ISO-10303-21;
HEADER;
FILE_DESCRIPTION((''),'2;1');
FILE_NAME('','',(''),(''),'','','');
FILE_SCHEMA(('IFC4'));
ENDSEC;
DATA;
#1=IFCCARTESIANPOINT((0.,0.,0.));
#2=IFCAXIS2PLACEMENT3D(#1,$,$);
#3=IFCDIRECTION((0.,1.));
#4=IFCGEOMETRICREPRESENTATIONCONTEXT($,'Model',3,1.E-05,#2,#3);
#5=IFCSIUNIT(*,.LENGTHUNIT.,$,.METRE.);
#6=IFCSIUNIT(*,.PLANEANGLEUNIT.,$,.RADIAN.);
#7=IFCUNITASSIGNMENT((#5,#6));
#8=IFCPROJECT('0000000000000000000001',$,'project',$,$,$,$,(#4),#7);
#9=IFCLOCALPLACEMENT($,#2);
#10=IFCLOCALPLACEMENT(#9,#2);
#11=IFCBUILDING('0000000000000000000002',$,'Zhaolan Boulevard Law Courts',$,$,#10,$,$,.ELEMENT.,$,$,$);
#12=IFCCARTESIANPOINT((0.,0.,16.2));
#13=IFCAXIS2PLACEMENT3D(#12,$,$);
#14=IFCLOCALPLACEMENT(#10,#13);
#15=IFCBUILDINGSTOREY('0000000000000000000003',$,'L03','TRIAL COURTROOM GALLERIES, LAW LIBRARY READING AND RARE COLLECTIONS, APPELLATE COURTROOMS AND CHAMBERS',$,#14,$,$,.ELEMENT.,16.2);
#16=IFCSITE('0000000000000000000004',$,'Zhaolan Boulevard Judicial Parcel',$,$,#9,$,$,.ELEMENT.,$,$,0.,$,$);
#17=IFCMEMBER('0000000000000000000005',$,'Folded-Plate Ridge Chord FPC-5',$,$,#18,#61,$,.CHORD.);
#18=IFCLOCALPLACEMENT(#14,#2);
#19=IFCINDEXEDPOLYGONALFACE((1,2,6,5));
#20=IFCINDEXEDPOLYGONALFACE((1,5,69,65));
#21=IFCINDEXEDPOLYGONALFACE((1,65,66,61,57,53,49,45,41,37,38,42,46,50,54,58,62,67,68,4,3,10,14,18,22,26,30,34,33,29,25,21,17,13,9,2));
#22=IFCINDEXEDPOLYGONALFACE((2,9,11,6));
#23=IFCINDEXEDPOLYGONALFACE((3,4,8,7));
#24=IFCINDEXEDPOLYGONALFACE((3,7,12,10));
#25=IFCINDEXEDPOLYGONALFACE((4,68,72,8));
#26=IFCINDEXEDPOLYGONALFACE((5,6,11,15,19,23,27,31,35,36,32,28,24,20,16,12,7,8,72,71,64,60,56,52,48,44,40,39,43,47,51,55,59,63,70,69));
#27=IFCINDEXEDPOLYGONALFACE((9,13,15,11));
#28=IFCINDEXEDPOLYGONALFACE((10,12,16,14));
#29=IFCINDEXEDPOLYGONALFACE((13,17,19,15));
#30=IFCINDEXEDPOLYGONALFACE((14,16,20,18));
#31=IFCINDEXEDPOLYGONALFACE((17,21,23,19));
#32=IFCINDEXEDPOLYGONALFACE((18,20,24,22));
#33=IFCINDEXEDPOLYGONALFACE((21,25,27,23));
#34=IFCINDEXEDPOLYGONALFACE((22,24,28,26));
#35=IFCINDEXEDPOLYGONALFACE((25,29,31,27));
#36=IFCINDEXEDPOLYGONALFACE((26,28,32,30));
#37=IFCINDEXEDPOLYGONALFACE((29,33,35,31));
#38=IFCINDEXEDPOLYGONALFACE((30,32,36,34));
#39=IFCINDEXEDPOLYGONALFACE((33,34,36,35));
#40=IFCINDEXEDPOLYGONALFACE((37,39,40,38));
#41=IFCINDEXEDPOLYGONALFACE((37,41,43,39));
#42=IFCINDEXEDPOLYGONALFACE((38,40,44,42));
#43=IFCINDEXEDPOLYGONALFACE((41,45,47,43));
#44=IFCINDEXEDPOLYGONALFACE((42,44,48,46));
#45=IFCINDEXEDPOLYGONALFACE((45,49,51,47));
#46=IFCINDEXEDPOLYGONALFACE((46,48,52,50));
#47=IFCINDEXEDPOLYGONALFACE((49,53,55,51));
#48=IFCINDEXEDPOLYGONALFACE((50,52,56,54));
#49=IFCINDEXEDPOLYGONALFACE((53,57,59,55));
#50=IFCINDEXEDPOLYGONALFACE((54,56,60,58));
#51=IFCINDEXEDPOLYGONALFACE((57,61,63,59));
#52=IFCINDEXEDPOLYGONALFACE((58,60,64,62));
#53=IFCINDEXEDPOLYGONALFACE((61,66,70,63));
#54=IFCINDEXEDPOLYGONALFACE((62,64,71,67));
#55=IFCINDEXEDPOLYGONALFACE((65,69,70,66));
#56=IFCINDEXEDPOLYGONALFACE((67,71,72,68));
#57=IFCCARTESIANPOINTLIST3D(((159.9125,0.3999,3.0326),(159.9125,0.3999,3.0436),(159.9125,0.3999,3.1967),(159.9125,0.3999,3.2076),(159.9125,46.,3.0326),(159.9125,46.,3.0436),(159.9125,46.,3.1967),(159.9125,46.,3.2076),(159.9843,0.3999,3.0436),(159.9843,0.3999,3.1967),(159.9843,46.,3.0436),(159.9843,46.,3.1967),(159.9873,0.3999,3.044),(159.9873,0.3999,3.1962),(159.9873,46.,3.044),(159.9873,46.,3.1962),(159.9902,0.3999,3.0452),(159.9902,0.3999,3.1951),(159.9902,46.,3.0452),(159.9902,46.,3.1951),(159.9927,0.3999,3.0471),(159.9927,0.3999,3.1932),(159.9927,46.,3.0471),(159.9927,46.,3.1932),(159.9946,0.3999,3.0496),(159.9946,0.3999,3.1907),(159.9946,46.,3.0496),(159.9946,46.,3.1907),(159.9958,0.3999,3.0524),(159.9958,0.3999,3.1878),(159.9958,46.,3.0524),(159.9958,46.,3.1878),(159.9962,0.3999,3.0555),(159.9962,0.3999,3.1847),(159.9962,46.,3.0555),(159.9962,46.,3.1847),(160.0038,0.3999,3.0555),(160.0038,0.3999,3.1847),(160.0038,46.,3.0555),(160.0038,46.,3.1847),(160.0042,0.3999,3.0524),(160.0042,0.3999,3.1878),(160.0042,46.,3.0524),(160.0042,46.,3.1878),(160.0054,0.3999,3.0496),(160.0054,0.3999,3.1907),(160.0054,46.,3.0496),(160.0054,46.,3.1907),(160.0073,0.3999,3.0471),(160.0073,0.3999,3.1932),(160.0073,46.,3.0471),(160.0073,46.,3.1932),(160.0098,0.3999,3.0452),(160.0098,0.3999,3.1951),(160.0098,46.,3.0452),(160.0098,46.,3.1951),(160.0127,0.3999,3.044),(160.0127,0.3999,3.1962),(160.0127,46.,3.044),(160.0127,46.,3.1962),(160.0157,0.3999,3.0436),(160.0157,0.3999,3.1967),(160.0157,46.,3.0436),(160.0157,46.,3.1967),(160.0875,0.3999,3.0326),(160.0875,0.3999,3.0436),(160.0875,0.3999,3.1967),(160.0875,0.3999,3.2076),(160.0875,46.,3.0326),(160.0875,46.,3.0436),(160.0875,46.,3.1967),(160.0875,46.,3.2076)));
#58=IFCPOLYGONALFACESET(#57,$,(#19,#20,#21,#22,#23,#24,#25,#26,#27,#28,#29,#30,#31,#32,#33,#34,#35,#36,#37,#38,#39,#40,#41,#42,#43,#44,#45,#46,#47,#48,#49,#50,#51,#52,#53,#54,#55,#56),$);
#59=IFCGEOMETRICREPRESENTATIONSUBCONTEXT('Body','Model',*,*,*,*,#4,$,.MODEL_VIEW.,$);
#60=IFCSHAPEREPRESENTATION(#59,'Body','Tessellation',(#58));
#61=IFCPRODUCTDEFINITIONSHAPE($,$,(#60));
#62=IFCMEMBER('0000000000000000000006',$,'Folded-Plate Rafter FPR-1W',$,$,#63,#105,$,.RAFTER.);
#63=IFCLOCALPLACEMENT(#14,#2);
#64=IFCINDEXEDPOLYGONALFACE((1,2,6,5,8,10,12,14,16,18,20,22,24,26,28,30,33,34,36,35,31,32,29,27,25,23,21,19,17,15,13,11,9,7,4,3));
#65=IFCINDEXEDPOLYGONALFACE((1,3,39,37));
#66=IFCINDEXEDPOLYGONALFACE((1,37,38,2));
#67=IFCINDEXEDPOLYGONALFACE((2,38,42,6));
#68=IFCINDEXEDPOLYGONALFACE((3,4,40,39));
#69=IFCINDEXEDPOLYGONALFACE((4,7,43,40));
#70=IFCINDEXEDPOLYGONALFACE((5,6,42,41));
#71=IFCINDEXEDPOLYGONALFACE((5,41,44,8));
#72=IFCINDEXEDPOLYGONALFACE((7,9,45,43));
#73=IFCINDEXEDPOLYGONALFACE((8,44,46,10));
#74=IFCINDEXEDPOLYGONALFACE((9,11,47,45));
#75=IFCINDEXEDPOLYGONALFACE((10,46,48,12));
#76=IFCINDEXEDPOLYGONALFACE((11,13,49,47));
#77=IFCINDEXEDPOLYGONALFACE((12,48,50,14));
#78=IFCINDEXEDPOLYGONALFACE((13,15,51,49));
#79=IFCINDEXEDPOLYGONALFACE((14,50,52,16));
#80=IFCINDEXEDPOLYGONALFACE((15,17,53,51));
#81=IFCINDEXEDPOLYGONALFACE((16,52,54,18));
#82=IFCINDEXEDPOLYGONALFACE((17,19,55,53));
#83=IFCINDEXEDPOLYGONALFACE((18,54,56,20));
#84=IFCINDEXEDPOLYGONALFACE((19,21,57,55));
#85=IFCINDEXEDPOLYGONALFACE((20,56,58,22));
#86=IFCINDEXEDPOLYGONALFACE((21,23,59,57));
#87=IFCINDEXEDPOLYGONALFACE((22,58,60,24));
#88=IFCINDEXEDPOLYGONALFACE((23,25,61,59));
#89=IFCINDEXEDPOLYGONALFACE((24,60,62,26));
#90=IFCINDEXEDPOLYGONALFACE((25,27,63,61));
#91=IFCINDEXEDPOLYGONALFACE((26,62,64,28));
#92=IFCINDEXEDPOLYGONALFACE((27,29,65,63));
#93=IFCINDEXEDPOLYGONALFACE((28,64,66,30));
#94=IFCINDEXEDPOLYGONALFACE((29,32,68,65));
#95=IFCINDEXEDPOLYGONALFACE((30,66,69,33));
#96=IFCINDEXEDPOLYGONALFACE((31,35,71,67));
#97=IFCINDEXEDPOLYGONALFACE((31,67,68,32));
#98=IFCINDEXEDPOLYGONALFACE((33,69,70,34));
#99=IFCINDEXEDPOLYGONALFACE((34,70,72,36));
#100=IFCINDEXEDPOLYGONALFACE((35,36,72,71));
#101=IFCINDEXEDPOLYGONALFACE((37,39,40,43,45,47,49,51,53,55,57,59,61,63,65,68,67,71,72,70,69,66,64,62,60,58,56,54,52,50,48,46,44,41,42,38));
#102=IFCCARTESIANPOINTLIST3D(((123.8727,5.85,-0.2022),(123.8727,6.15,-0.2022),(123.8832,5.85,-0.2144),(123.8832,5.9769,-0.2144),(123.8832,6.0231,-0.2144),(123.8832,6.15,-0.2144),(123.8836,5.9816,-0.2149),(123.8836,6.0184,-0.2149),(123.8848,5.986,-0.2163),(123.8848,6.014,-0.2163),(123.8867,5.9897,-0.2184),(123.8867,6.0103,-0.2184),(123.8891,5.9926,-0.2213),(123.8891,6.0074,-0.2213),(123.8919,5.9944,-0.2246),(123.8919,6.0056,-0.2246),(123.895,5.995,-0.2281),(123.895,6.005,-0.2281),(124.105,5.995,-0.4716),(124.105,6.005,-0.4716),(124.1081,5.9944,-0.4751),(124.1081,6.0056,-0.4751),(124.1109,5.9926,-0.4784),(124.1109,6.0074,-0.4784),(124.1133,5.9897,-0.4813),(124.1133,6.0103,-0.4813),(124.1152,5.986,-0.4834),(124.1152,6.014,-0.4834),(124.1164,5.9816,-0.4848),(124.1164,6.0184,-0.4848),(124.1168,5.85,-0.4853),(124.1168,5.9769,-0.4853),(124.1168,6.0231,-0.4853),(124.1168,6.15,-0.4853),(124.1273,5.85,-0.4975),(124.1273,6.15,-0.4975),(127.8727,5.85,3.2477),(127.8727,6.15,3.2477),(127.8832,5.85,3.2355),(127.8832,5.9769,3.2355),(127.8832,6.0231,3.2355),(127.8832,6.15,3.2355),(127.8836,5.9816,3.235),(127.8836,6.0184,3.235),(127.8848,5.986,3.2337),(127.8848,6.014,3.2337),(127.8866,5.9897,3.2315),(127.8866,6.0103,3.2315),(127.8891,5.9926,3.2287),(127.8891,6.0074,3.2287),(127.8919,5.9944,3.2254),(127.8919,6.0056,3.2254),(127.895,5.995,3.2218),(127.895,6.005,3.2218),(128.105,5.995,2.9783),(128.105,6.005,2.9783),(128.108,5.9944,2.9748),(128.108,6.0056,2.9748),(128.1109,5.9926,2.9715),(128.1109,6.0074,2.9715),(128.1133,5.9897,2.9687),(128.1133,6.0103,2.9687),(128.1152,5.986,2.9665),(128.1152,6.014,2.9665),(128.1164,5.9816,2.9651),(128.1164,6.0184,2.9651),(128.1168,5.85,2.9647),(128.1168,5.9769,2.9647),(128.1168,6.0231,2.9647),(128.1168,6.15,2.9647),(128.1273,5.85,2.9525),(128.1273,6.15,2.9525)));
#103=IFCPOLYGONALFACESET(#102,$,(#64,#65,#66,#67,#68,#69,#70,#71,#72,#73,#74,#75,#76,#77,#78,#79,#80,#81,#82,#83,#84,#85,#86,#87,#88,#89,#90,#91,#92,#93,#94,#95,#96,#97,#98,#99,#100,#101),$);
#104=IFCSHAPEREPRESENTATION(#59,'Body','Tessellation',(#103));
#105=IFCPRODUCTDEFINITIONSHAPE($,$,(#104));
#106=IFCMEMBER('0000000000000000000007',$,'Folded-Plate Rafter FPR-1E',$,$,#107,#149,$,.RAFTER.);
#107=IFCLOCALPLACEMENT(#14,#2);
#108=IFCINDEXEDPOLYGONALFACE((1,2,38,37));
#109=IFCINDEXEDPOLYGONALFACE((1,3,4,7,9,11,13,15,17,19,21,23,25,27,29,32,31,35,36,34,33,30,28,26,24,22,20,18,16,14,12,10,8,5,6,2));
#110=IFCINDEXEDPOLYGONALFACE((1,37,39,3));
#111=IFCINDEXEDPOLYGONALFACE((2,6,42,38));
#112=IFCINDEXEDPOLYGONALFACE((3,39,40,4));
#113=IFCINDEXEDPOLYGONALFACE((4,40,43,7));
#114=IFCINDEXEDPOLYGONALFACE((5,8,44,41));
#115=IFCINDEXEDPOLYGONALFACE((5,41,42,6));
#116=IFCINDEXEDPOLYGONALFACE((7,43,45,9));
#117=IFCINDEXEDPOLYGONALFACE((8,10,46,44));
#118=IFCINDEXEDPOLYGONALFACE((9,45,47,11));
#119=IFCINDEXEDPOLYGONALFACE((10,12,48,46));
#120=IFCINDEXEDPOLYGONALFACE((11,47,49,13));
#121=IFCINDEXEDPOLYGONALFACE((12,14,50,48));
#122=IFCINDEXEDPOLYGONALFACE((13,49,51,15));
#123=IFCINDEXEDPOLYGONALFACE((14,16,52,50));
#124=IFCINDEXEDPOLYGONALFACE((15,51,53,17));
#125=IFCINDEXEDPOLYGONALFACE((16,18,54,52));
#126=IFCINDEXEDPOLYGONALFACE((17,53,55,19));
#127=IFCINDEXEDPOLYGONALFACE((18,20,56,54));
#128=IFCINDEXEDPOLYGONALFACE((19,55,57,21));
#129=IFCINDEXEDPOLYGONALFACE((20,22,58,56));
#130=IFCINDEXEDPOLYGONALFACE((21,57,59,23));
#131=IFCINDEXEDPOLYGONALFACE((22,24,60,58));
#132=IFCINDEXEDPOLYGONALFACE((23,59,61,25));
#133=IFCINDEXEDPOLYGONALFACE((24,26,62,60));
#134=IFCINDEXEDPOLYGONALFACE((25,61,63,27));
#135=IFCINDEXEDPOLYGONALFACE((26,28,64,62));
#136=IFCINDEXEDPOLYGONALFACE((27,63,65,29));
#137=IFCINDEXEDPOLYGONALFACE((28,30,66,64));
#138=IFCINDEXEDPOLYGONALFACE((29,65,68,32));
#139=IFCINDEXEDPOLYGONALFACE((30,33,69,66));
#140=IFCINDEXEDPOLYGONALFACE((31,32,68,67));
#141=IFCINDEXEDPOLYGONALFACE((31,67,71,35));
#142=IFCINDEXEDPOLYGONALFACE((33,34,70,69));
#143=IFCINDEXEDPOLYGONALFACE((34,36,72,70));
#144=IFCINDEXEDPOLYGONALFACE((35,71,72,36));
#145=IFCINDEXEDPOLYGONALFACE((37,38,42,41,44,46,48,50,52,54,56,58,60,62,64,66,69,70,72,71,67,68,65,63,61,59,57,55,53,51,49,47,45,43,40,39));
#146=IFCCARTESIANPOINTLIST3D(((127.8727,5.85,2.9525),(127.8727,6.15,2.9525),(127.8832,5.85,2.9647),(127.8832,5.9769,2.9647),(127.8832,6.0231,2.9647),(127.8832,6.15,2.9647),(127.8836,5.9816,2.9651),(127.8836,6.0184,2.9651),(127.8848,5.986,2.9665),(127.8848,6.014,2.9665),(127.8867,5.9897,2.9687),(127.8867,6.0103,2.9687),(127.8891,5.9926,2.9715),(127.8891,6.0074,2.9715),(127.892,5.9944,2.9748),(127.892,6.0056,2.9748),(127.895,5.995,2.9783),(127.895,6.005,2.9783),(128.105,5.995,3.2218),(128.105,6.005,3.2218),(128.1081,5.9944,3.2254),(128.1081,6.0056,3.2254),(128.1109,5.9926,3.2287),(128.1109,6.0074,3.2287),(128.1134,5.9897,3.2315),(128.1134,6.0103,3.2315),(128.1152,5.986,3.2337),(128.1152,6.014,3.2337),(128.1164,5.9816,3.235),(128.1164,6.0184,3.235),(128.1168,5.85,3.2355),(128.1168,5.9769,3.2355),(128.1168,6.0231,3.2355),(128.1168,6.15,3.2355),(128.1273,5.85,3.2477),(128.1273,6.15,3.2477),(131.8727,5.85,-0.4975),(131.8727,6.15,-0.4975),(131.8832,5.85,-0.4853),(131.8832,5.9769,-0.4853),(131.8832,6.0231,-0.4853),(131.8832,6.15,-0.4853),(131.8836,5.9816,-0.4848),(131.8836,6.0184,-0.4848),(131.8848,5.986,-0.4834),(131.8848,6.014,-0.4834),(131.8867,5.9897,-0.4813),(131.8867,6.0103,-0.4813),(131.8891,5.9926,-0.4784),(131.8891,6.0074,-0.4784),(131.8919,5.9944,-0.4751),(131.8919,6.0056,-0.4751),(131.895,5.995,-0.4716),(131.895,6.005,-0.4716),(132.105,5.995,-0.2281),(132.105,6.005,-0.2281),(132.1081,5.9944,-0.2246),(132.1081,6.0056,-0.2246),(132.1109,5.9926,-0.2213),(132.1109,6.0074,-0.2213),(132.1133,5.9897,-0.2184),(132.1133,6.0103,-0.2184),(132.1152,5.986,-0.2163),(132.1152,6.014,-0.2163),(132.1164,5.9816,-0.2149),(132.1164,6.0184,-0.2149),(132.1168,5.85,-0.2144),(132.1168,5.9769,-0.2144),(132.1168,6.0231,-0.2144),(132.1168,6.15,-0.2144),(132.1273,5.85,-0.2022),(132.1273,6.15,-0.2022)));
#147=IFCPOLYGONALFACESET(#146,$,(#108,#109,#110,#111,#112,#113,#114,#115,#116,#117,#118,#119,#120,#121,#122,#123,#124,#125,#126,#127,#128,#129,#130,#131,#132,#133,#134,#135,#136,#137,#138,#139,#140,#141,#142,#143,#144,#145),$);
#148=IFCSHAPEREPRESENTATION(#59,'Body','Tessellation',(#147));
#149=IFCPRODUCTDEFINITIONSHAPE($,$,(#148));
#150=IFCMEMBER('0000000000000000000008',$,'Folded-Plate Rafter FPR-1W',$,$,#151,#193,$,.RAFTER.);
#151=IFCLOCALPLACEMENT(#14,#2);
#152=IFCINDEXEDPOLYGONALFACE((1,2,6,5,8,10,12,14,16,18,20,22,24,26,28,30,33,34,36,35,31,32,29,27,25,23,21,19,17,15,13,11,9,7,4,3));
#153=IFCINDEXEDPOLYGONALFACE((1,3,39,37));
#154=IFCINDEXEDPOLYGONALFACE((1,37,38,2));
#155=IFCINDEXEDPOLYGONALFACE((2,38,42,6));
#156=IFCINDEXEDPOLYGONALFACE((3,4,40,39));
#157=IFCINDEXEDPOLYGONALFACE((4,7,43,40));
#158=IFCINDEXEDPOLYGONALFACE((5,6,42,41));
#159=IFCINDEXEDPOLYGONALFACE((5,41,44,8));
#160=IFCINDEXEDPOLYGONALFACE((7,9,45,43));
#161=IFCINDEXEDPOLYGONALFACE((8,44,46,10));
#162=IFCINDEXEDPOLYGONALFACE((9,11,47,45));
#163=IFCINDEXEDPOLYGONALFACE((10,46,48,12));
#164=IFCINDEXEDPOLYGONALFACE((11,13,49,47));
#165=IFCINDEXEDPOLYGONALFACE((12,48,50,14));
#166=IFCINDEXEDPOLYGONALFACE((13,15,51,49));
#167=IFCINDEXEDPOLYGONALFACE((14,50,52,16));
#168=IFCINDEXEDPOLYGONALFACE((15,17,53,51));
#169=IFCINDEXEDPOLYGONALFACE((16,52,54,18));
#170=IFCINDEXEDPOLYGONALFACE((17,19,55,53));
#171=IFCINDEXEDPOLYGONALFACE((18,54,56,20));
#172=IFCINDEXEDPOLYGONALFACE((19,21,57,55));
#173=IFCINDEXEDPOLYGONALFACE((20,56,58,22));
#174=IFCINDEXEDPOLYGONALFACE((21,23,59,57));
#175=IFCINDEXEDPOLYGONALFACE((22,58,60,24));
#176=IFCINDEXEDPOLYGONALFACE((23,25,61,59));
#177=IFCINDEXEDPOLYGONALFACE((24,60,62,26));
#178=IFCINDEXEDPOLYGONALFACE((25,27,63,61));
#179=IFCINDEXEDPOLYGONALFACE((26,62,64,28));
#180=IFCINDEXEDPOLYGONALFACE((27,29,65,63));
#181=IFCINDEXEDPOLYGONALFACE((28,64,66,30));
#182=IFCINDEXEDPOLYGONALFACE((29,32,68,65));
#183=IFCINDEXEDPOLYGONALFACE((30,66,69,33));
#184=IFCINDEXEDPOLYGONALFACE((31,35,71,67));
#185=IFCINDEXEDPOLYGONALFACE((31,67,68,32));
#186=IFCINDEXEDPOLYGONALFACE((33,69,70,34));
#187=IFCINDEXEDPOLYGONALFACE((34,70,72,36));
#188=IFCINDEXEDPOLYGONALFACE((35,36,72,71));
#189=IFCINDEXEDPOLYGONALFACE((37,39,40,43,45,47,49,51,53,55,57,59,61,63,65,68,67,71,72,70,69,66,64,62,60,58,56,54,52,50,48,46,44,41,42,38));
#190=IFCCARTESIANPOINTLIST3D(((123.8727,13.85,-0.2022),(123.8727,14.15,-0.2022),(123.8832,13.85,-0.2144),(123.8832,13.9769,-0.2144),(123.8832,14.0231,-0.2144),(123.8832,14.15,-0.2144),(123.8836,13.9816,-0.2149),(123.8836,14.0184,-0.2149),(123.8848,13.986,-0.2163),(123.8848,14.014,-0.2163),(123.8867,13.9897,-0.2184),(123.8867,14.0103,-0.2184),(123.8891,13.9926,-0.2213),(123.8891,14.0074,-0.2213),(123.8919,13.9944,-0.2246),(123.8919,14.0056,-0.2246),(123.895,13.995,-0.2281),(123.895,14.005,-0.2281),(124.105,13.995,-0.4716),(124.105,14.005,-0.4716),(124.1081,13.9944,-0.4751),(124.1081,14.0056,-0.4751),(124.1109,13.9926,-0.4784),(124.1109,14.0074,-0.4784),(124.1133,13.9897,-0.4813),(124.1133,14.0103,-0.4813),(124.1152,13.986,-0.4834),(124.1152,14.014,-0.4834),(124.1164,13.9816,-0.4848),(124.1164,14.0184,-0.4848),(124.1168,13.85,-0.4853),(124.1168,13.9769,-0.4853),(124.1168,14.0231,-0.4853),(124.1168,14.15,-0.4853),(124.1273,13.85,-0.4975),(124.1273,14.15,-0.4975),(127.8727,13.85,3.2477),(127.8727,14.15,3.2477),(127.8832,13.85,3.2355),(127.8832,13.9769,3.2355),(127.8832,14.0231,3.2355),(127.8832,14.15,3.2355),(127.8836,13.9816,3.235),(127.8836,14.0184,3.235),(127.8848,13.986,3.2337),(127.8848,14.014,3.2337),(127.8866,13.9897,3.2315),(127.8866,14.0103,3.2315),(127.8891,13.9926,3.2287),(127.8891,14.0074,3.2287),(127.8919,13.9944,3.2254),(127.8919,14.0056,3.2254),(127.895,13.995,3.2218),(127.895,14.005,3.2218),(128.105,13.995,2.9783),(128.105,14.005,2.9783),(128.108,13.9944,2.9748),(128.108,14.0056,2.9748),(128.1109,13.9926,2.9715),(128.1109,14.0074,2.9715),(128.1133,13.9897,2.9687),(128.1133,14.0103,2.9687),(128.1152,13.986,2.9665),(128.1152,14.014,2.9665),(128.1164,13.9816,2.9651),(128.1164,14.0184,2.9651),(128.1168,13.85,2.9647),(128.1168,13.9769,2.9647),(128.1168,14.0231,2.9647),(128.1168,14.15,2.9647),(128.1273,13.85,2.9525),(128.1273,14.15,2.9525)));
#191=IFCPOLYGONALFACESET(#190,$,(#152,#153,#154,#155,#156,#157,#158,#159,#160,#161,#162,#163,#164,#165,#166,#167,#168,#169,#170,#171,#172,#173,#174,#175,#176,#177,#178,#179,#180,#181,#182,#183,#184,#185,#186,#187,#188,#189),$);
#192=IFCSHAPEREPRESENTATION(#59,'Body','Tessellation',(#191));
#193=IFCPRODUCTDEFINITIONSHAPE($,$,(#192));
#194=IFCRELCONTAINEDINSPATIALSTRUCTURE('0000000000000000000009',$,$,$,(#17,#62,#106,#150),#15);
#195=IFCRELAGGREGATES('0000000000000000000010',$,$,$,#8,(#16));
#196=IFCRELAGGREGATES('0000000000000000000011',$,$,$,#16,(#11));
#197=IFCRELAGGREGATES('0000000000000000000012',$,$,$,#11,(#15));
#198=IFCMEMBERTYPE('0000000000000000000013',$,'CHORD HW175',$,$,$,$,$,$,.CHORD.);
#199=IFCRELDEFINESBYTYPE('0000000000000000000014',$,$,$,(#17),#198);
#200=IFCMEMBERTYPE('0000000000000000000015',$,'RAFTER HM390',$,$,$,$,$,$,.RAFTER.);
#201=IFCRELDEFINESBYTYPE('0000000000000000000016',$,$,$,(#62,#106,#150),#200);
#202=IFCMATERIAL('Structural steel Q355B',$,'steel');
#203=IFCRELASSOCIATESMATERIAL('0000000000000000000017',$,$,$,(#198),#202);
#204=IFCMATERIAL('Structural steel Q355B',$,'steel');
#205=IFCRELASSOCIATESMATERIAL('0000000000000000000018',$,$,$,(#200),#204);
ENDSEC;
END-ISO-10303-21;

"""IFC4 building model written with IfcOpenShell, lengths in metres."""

from ifc_helpers import new_model, si_unit, direction, frame, origin, origin_2d, place, context, subcontext, project, spatial, i_section, extrude, material, material_profile, profile_set, type_object, element, save


model = new_model("IFC4")

# Units and contexts
model_context = context("Model", 3, precision=1e-05, world=origin(), true_north=direction((0.0, 1.0)))
body_context = subcontext(model_context, "Body", "Model", "MODEL_VIEW")
ifc_project = project(units=[si_unit("LENGTHUNIT", "METRE"), si_unit("PLANEANGLEUNIT", "RADIAN")], contexts=[model_context])

# Site, building, storey
site_placement = place(None, origin())
site = spatial("IfcSite", under=ifc_project, at=site_placement, Name="Zhaolan Boulevard Judicial Parcel", CompositionType="ELEMENT", RefElevation=0.0)
building_placement = place(site_placement, origin())
building = spatial("IfcBuilding", under=site, at=building_placement, Name="Zhaolan Boulevard Law Courts", CompositionType="ELEMENT")
storey_placement = place(building_placement, frame((0.0, 0.0, 16.2)))
storey = spatial("IfcBuildingStorey", under=building, at=storey_placement, Name="L03", Description="TRIAL COURTROOM GALLERIES, LAW LIBRARY READING AND RARE COLLECTIONS, APPELLATE COURTROOMS AND CHAMBERS", CompositionType="ELEMENT", Elevation=16.2)

# Members
ifc_material_1 = material(Name="Structural steel Q355B", Category="steel")
ifc_material_profile_1 = material_profile(ifc_material_1, i_section(OverallWidth=0.175, OverallDepth=0.175, WebThickness=0.0076, FlangeThickness=0.011, FilletRadius=0.012, at=origin_2d()), Name="HW175x175")
ifc_profile_set_1 = profile_set([ifc_material_profile_1], Name="Structural steel Q355B")
member_type_1 = type_object("IfcMemberType", Name="CHORD HW175", PredefinedType="CHORD", material=ifc_profile_set_1)
for number, where, z_axis, x_axis, name in (
    (1, (160.0, 0.3999, 3.1201), (0.0, 1.0, 0.0), (-1.0, 0.0, 0.0), "Folded-Plate Ridge Chord FPC-5"),
):
    element("IfcMember", number, at=place(storey_placement, frame(where, z_axis=z_axis, x_axis=x_axis)), inside=storey, type_object=member_type_1, Name=name, PredefinedType="CHORD", context=body_context, shape_type="SweptSolid", body=[
        extrude(i_section(OverallWidth=0.175, OverallDepth=0.175, WebThickness=0.0076, FlangeThickness=0.011, FilletRadius=0.012, at=origin_2d()), origin(), (0.0, 0.0, 1.0), 45.6001),
    ])
ifc_material_2 = material(Name="Structural steel Q355B", Category="steel")
ifc_material_profile_2 = material_profile(ifc_material_2, i_section(OverallWidth=0.3, OverallDepth=0.3899, WebThickness=0.01, FlangeThickness=0.0161, FilletRadius=0.0181, at=origin_2d()), Name="HM390x300")
ifc_profile_set_2 = profile_set([ifc_material_profile_2], Name="Structural steel Q355B")
member_type_2 = type_object("IfcMemberType", Name="RAFTER HM390", PredefinedType="RAFTER", material=ifc_profile_set_2)
for number, where, z_axis, x_axis, name in (
    (2, (124.0, 6.0, -0.3499), (0.757253, 0.0, 0.653122), (0.0, 1.0, 0.0), "Folded-Plate Rafter FPR-1W"),
    (3, (132.0, 6.0, -0.3499), (-0.757253, 0.0, 0.653122), (0.0, -1.0, 0.0), "Folded-Plate Rafter FPR-1E"),
    (4, (124.0, 14.0, -0.3499), (0.757253, 0.0, 0.653122), (0.0, 1.0, 0.0), "Folded-Plate Rafter FPR-1W"),
):
    element("IfcMember", number, at=place(storey_placement, frame(where, z_axis=z_axis, x_axis=x_axis)), inside=storey, type_object=member_type_2, Name=name, PredefinedType="RAFTER", context=body_context, shape_type="SweptSolid", body=[
        extrude(i_section(OverallWidth=0.3, OverallDepth=0.3899, WebThickness=0.01, FlangeThickness=0.0161, FilletRadius=0.0181, at=origin_2d()), origin(), (0.0, 0.0, 1.0), 5.2822),
    ])

save(model, "model.ifc")
